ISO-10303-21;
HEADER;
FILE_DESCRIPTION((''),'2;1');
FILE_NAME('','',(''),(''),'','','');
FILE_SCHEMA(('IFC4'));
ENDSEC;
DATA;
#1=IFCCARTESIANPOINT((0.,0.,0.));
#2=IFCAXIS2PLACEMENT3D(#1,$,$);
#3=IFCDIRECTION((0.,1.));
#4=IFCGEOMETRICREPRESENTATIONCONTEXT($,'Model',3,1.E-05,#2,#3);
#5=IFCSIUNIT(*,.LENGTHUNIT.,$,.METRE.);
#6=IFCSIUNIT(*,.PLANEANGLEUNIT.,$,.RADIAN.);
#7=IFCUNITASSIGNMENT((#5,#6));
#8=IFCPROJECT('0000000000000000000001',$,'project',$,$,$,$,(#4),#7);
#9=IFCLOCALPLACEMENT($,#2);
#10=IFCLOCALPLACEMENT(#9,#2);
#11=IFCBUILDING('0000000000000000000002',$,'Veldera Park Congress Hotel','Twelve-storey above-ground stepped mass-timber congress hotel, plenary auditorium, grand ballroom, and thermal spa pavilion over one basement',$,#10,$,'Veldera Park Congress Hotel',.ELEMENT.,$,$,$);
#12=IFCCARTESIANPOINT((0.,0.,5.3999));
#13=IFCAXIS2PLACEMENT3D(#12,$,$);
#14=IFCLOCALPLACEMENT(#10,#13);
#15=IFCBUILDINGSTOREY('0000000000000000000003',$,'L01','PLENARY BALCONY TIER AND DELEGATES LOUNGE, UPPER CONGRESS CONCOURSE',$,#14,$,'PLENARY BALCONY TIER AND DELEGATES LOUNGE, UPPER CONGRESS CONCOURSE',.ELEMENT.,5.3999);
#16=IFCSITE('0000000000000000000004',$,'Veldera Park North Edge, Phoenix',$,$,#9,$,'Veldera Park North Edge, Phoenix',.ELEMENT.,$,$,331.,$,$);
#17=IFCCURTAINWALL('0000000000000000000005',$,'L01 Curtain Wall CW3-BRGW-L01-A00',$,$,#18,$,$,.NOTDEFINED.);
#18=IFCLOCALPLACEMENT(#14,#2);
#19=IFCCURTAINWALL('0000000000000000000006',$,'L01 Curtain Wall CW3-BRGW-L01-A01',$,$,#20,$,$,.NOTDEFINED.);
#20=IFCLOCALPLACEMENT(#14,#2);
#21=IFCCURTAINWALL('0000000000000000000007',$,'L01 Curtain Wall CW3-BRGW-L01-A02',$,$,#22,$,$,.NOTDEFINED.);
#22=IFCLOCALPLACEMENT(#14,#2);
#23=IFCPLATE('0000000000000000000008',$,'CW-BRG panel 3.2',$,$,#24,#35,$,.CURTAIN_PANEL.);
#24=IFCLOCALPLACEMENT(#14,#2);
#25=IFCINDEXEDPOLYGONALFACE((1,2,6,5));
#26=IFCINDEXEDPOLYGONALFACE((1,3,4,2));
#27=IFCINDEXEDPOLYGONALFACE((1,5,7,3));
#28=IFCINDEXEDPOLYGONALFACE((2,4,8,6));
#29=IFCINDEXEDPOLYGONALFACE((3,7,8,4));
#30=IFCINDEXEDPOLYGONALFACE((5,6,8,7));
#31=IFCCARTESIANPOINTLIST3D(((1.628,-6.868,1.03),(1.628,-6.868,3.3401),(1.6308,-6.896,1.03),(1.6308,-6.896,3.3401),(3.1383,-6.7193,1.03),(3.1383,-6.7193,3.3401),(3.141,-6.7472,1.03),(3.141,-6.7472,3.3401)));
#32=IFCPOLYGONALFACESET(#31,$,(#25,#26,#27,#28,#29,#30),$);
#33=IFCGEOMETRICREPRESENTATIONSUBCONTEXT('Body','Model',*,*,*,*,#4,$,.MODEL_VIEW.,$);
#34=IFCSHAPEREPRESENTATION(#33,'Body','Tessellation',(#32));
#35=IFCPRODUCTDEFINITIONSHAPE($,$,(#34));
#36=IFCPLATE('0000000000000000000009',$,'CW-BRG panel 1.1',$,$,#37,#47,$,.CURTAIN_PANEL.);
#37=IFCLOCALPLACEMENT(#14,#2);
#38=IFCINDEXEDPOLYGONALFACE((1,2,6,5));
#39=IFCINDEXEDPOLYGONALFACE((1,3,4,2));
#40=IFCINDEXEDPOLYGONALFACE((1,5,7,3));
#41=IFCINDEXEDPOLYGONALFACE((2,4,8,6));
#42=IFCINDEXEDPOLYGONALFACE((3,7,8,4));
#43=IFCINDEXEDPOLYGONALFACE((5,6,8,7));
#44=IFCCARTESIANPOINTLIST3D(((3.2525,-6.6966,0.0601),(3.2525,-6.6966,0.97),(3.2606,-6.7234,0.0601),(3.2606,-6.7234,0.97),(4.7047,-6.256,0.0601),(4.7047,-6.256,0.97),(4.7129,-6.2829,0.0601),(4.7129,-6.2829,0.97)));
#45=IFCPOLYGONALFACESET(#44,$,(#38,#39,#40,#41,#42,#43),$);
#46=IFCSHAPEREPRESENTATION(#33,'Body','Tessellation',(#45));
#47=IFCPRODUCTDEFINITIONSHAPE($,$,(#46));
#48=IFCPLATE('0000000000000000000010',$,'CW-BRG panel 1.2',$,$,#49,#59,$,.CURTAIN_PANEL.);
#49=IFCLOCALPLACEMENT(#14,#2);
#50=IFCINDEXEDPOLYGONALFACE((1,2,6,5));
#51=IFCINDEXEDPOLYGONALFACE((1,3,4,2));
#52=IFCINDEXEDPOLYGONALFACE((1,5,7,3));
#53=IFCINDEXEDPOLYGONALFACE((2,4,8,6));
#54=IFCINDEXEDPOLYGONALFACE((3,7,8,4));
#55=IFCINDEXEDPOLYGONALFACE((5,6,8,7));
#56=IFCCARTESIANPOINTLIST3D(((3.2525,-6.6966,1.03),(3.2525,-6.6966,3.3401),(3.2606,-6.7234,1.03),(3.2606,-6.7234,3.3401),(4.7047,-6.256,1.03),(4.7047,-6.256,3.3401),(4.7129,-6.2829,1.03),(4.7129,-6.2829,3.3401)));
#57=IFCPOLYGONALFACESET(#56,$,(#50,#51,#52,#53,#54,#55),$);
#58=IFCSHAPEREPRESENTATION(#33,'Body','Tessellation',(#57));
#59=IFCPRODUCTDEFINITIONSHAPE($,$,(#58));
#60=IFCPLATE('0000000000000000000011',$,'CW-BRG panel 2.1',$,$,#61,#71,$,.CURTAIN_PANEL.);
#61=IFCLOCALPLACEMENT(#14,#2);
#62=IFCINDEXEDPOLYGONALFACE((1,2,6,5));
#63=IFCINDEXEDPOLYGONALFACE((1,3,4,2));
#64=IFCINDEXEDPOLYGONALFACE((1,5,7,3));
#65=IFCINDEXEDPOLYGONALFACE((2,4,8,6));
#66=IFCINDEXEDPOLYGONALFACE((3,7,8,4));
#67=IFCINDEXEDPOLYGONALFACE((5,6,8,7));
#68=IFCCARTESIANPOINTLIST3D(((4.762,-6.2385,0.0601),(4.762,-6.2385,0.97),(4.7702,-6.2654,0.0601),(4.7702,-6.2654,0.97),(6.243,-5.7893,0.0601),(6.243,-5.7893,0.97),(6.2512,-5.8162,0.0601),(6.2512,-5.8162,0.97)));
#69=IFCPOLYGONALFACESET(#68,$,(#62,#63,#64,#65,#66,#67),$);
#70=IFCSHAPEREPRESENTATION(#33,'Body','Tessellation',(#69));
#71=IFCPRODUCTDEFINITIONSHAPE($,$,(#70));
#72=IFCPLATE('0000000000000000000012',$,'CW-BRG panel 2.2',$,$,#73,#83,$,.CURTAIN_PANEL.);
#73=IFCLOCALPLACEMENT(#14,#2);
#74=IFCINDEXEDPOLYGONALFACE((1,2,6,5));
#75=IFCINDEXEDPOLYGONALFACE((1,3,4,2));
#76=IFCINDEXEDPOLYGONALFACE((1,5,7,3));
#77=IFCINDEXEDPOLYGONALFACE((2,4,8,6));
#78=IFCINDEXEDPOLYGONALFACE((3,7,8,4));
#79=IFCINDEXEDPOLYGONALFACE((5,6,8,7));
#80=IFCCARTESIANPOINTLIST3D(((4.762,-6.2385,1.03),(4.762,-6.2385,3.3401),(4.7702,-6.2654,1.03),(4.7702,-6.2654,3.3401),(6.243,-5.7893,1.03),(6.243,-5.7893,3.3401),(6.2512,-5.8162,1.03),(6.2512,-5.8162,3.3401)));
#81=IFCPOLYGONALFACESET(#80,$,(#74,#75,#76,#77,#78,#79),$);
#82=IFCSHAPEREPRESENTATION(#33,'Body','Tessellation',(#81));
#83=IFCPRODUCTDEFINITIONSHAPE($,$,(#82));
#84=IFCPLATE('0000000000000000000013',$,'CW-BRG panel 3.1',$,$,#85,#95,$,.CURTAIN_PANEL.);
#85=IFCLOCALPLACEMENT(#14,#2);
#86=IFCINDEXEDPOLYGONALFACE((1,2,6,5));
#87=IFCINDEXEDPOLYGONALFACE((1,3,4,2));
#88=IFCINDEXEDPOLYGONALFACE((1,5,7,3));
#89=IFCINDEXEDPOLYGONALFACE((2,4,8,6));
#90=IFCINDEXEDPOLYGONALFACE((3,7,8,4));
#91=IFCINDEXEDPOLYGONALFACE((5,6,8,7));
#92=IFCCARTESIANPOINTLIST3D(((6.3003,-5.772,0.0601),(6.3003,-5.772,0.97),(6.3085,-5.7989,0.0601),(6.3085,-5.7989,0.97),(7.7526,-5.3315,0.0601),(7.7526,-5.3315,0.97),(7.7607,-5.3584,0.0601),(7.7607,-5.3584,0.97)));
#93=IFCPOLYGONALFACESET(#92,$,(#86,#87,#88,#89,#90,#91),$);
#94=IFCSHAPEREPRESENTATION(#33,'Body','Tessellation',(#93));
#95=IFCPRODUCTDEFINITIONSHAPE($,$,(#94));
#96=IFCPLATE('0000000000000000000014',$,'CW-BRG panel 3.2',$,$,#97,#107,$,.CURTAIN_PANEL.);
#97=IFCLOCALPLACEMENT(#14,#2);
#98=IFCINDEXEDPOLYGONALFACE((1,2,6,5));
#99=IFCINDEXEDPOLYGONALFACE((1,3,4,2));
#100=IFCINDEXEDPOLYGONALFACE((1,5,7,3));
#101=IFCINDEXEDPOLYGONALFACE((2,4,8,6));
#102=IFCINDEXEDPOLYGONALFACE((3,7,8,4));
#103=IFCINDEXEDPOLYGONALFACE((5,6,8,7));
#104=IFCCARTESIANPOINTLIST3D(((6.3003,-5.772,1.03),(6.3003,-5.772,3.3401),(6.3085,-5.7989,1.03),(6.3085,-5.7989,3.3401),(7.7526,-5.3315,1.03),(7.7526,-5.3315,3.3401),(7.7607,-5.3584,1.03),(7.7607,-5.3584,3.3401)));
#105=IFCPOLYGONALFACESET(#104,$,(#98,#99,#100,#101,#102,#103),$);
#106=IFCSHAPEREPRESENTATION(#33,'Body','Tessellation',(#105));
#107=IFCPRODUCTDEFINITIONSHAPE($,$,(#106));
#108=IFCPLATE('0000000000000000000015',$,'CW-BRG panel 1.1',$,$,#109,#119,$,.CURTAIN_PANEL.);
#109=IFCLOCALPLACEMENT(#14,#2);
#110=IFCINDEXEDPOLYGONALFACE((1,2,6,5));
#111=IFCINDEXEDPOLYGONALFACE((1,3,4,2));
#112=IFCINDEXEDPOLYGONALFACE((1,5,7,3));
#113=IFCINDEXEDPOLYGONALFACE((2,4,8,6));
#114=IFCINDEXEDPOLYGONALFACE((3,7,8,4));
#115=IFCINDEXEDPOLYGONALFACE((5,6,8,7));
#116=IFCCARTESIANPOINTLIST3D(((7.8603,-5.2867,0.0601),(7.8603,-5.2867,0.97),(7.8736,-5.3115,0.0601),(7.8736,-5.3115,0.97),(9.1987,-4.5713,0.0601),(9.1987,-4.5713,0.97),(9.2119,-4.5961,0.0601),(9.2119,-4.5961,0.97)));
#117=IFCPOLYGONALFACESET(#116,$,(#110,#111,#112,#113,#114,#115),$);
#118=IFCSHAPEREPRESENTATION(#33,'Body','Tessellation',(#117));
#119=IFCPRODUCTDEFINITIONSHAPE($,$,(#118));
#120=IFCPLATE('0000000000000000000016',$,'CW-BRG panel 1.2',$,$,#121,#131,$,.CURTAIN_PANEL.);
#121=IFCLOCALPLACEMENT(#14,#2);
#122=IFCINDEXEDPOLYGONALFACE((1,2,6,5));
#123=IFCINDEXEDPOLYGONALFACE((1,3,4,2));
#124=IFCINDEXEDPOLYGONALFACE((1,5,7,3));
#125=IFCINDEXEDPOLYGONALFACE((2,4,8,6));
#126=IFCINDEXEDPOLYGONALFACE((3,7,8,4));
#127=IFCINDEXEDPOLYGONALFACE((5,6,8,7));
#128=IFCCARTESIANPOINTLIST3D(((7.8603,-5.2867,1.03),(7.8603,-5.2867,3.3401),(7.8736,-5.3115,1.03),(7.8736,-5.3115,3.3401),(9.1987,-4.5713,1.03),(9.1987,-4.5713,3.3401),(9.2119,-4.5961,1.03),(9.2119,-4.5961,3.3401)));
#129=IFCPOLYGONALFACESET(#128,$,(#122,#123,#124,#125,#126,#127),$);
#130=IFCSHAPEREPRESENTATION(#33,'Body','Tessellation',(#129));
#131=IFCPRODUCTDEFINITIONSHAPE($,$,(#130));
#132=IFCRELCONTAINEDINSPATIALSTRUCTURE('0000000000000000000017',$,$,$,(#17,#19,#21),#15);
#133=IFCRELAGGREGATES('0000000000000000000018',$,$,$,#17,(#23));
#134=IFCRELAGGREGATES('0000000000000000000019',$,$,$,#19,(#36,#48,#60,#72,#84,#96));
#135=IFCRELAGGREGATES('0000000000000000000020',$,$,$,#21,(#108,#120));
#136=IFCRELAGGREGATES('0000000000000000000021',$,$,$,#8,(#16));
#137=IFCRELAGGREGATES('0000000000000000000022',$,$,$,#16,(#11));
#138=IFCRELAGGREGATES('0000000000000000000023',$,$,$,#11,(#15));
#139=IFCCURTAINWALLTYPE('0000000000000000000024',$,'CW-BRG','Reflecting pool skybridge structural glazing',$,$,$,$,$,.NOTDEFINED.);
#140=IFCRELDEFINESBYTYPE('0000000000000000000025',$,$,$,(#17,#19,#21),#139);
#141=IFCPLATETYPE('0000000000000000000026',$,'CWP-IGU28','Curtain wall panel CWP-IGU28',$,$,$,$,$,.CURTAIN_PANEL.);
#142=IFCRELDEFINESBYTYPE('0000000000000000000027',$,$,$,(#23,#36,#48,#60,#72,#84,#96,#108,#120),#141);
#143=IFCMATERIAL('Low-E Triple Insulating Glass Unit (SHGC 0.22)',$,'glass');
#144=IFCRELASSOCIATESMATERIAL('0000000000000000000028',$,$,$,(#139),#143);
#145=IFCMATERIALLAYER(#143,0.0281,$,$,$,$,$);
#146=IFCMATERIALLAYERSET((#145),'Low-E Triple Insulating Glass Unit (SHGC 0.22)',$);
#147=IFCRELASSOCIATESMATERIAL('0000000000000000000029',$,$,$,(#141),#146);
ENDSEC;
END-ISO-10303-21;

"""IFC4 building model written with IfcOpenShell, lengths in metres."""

from ifc_helpers import new_model, si_unit, direction, frame, origin, origin_2d, place, context, subcontext, project, spatial, rectangle, extrude, material, layer, layer_set, type_object, element, aggregate, save


model = new_model("IFC4")

# Units and contexts
model_context = context("Model", 3, precision=1e-05, world=origin(), true_north=direction((0.0, 1.0)))
body_context = subcontext(model_context, "Body", "Model", "MODEL_VIEW")
ifc_project = project(units=[si_unit("LENGTHUNIT", "METRE"), si_unit("PLANEANGLEUNIT", "RADIAN")], contexts=[model_context])

# Site, building, storey
site_placement = place(None, origin())
site = spatial("IfcSite", under=ifc_project, at=site_placement, Name="Veldera Park North Edge, Phoenix", LongName="Veldera Park North Edge, Phoenix", CompositionType="ELEMENT", RefElevation=331.0)
building_placement = place(site_placement, origin())
building = spatial("IfcBuilding", under=site, at=building_placement, Name="Veldera Park Congress Hotel", Description="Twelve-storey above-ground stepped mass-timber congress hotel, plenary auditorium, grand ballroom, and thermal spa pavilion over one basement", LongName="Veldera Park Congress Hotel", CompositionType="ELEMENT")
storey_placement = place(building_placement, frame((0.0, 0.0, 5.3999)))
storey = spatial("IfcBuildingStorey", under=building, at=storey_placement, Name="L01", Description="PLENARY BALCONY TIER AND DELEGATES LOUNGE, UPPER CONGRESS CONCOURSE", LongName="PLENARY BALCONY TIER AND DELEGATES LOUNGE, UPPER CONGRESS CONCOURSE", CompositionType="ELEMENT", Elevation=5.3999)

# Curtain walls
ifc_material_1 = material(Name="Low-E Triple Insulating Glass Unit (SHGC 0.22)", Category="glass")
curtain_wall_type = type_object("IfcCurtainWallType", Name="CW-BRG", Description="Reflecting pool skybridge structural glazing", PredefinedType="NOTDEFINED", material=ifc_material_1)
curtain_wall_1_placement = place(storey_placement, origin())
curtain_wall_1 = element("IfcCurtainWall", 1, at=curtain_wall_1_placement, inside=storey, type_object=curtain_wall_type, Name="L01 Curtain Wall CW3-BRGW-L01-A00", PredefinedType="NOTDEFINED")
curtain_wall_2_placement = place(storey_placement, origin())
curtain_wall_2 = element("IfcCurtainWall", 2, at=curtain_wall_2_placement, inside=storey, type_object=curtain_wall_type, Name="L01 Curtain Wall CW3-BRGW-L01-A01", PredefinedType="NOTDEFINED")
curtain_wall_3_placement = place(storey_placement, origin())
curtain_wall_3 = element("IfcCurtainWall", 3, at=curtain_wall_3_placement, inside=storey, type_object=curtain_wall_type, Name="L01 Curtain Wall CW3-BRGW-L01-A02", PredefinedType="NOTDEFINED")

# Plates
ifc_layer = layer(ifc_material_1, 0.0281)
ifc_layer_set = layer_set([ifc_layer], Name="Low-E Triple Insulating Glass Unit (SHGC 0.22)")
plate_type = type_object("IfcPlateType", Name="CWP-IGU28", Description="Curtain wall panel CWP-IGU28", PredefinedType="CURTAIN_PANEL", material=ifc_layer_set)
plate_1_placement = place(storey_placement, frame((2.3845, -6.8076, 1.03), z_axis=(0.0, 0.0, 1.0), x_axis=(0.995184, 0.098021, 0.0)))
plate_1 = element("IfcPlate", 4, at=plate_1_placement, type_object=plate_type, Name="CW-BRG panel 3.2", PredefinedType="CURTAIN_PANEL", context=body_context, shape_type="SweptSolid", body=[
    extrude(rectangle(XDim=1.5176, YDim=0.0281, at=origin_2d()), origin(), (0.0, 0.0, 1.0), 2.3101),
])
aggregate(curtain_wall_1, [plate_1])
plate_2_placement = place(storey_placement, frame((3.9827, -6.4897, 0.0601), z_axis=(0.0, 0.0, 1.0), x_axis=(0.956939, 0.290288, 0.0)))
plate_2 = element("IfcPlate", 5, at=plate_2_placement, type_object=plate_type, Name="CW-BRG panel 1.1", PredefinedType="CURTAIN_PANEL", context=body_context, shape_type="SweptSolid", body=[
    extrude(rectangle(XDim=1.5176, YDim=0.0281, at=origin_2d()), origin(), (0.0, 0.0, 1.0), 0.9099),
])
plate_3_placement = place(storey_placement, frame((3.9827, -6.4897, 1.03), z_axis=(0.0, 0.0, 1.0), x_axis=(0.956939, 0.290288, 0.0)))
plate_3 = element("IfcPlate", 6, at=plate_3_placement, type_object=plate_type, Name="CW-BRG panel 1.2", PredefinedType="CURTAIN_PANEL", context=body_context, shape_type="SweptSolid", body=[
    extrude(rectangle(XDim=1.5176, YDim=0.0281, at=origin_2d()), origin(), (0.0, 0.0, 1.0), 2.3101),
])
plate_4_placement = place(storey_placement, frame((5.5066, -6.0273, 0.0601), z_axis=(0.0, 0.0, 1.0), x_axis=(0.956939, 0.290288, 0.0)))
plate_4 = element("IfcPlate", 7, at=plate_4_placement, type_object=plate_type, Name="CW-BRG panel 2.1", PredefinedType="CURTAIN_PANEL", context=body_context, shape_type="SweptSolid", body=[
    extrude(rectangle(XDim=1.5476, YDim=0.0281, at=origin_2d()), origin(), (0.0, 0.0, 1.0), 0.9099),
])
plate_5_placement = place(storey_placement, frame((5.5066, -6.0273, 1.03), z_axis=(0.0, 0.0, 1.0), x_axis=(0.956939, 0.290288, 0.0)))
plate_5 = element("IfcPlate", 8, at=plate_5_placement, type_object=plate_type, Name="CW-BRG panel 2.2", PredefinedType="CURTAIN_PANEL", context=body_context, shape_type="SweptSolid", body=[
    extrude(rectangle(XDim=1.5476, YDim=0.0281, at=origin_2d()), origin(), (0.0, 0.0, 1.0), 2.3101),
])
plate_6_placement = place(storey_placement, frame((7.0305, -5.5652, 0.0601), z_axis=(0.0, 0.0, 1.0), x_axis=(0.956939, 0.290288, 0.0)))
plate_6 = element("IfcPlate", 9, at=plate_6_placement, type_object=plate_type, Name="CW-BRG panel 3.1", PredefinedType="CURTAIN_PANEL", context=body_context, shape_type="SweptSolid", body=[
    extrude(rectangle(XDim=1.5176, YDim=0.0281, at=origin_2d()), origin(), (0.0, 0.0, 1.0), 0.9099),
])
plate_7_placement = place(storey_placement, frame((7.0305, -5.5652, 1.03), z_axis=(0.0, 0.0, 1.0), x_axis=(0.956939, 0.290288, 0.0)))
plate_7 = element("IfcPlate", 10, at=plate_7_placement, type_object=plate_type, Name="CW-BRG panel 3.2", PredefinedType="CURTAIN_PANEL", context=body_context, shape_type="SweptSolid", body=[
    extrude(rectangle(XDim=1.5176, YDim=0.0281, at=origin_2d()), origin(), (0.0, 0.0, 1.0), 2.3101),
])
aggregate(curtain_wall_2, [plate_2, plate_3, plate_4, plate_5, plate_6, plate_7])
plate_8_placement = place(storey_placement, frame((8.5361, -4.9414, 0.0601), z_axis=(0.0, 0.0, 1.0), x_axis=(0.881928, 0.471385, 0.0)))
plate_8 = element("IfcPlate", 11, at=plate_8_placement, type_object=plate_type, Name="CW-BRG panel 1.1", PredefinedType="CURTAIN_PANEL", context=body_context, shape_type="SweptSolid", body=[
    extrude(rectangle(XDim=1.5176, YDim=0.0281, at=origin_2d()), origin(), (0.0, 0.0, 1.0), 0.9099),
])
plate_9_placement = place(storey_placement, frame((8.5361, -4.9414, 1.03), z_axis=(0.0, 0.0, 1.0), x_axis=(0.881928, 0.471385, 0.0)))
plate_9 = element("IfcPlate", 12, at=plate_9_placement, type_object=plate_type, Name="CW-BRG panel 1.2", PredefinedType="CURTAIN_PANEL", context=body_context, shape_type="SweptSolid", body=[
    extrude(rectangle(XDim=1.5176, YDim=0.0281, at=origin_2d()), origin(), (0.0, 0.0, 1.0), 2.3101),
])
aggregate(curtain_wall_3, [plate_8, plate_9])

save(model, "model.ifc")
